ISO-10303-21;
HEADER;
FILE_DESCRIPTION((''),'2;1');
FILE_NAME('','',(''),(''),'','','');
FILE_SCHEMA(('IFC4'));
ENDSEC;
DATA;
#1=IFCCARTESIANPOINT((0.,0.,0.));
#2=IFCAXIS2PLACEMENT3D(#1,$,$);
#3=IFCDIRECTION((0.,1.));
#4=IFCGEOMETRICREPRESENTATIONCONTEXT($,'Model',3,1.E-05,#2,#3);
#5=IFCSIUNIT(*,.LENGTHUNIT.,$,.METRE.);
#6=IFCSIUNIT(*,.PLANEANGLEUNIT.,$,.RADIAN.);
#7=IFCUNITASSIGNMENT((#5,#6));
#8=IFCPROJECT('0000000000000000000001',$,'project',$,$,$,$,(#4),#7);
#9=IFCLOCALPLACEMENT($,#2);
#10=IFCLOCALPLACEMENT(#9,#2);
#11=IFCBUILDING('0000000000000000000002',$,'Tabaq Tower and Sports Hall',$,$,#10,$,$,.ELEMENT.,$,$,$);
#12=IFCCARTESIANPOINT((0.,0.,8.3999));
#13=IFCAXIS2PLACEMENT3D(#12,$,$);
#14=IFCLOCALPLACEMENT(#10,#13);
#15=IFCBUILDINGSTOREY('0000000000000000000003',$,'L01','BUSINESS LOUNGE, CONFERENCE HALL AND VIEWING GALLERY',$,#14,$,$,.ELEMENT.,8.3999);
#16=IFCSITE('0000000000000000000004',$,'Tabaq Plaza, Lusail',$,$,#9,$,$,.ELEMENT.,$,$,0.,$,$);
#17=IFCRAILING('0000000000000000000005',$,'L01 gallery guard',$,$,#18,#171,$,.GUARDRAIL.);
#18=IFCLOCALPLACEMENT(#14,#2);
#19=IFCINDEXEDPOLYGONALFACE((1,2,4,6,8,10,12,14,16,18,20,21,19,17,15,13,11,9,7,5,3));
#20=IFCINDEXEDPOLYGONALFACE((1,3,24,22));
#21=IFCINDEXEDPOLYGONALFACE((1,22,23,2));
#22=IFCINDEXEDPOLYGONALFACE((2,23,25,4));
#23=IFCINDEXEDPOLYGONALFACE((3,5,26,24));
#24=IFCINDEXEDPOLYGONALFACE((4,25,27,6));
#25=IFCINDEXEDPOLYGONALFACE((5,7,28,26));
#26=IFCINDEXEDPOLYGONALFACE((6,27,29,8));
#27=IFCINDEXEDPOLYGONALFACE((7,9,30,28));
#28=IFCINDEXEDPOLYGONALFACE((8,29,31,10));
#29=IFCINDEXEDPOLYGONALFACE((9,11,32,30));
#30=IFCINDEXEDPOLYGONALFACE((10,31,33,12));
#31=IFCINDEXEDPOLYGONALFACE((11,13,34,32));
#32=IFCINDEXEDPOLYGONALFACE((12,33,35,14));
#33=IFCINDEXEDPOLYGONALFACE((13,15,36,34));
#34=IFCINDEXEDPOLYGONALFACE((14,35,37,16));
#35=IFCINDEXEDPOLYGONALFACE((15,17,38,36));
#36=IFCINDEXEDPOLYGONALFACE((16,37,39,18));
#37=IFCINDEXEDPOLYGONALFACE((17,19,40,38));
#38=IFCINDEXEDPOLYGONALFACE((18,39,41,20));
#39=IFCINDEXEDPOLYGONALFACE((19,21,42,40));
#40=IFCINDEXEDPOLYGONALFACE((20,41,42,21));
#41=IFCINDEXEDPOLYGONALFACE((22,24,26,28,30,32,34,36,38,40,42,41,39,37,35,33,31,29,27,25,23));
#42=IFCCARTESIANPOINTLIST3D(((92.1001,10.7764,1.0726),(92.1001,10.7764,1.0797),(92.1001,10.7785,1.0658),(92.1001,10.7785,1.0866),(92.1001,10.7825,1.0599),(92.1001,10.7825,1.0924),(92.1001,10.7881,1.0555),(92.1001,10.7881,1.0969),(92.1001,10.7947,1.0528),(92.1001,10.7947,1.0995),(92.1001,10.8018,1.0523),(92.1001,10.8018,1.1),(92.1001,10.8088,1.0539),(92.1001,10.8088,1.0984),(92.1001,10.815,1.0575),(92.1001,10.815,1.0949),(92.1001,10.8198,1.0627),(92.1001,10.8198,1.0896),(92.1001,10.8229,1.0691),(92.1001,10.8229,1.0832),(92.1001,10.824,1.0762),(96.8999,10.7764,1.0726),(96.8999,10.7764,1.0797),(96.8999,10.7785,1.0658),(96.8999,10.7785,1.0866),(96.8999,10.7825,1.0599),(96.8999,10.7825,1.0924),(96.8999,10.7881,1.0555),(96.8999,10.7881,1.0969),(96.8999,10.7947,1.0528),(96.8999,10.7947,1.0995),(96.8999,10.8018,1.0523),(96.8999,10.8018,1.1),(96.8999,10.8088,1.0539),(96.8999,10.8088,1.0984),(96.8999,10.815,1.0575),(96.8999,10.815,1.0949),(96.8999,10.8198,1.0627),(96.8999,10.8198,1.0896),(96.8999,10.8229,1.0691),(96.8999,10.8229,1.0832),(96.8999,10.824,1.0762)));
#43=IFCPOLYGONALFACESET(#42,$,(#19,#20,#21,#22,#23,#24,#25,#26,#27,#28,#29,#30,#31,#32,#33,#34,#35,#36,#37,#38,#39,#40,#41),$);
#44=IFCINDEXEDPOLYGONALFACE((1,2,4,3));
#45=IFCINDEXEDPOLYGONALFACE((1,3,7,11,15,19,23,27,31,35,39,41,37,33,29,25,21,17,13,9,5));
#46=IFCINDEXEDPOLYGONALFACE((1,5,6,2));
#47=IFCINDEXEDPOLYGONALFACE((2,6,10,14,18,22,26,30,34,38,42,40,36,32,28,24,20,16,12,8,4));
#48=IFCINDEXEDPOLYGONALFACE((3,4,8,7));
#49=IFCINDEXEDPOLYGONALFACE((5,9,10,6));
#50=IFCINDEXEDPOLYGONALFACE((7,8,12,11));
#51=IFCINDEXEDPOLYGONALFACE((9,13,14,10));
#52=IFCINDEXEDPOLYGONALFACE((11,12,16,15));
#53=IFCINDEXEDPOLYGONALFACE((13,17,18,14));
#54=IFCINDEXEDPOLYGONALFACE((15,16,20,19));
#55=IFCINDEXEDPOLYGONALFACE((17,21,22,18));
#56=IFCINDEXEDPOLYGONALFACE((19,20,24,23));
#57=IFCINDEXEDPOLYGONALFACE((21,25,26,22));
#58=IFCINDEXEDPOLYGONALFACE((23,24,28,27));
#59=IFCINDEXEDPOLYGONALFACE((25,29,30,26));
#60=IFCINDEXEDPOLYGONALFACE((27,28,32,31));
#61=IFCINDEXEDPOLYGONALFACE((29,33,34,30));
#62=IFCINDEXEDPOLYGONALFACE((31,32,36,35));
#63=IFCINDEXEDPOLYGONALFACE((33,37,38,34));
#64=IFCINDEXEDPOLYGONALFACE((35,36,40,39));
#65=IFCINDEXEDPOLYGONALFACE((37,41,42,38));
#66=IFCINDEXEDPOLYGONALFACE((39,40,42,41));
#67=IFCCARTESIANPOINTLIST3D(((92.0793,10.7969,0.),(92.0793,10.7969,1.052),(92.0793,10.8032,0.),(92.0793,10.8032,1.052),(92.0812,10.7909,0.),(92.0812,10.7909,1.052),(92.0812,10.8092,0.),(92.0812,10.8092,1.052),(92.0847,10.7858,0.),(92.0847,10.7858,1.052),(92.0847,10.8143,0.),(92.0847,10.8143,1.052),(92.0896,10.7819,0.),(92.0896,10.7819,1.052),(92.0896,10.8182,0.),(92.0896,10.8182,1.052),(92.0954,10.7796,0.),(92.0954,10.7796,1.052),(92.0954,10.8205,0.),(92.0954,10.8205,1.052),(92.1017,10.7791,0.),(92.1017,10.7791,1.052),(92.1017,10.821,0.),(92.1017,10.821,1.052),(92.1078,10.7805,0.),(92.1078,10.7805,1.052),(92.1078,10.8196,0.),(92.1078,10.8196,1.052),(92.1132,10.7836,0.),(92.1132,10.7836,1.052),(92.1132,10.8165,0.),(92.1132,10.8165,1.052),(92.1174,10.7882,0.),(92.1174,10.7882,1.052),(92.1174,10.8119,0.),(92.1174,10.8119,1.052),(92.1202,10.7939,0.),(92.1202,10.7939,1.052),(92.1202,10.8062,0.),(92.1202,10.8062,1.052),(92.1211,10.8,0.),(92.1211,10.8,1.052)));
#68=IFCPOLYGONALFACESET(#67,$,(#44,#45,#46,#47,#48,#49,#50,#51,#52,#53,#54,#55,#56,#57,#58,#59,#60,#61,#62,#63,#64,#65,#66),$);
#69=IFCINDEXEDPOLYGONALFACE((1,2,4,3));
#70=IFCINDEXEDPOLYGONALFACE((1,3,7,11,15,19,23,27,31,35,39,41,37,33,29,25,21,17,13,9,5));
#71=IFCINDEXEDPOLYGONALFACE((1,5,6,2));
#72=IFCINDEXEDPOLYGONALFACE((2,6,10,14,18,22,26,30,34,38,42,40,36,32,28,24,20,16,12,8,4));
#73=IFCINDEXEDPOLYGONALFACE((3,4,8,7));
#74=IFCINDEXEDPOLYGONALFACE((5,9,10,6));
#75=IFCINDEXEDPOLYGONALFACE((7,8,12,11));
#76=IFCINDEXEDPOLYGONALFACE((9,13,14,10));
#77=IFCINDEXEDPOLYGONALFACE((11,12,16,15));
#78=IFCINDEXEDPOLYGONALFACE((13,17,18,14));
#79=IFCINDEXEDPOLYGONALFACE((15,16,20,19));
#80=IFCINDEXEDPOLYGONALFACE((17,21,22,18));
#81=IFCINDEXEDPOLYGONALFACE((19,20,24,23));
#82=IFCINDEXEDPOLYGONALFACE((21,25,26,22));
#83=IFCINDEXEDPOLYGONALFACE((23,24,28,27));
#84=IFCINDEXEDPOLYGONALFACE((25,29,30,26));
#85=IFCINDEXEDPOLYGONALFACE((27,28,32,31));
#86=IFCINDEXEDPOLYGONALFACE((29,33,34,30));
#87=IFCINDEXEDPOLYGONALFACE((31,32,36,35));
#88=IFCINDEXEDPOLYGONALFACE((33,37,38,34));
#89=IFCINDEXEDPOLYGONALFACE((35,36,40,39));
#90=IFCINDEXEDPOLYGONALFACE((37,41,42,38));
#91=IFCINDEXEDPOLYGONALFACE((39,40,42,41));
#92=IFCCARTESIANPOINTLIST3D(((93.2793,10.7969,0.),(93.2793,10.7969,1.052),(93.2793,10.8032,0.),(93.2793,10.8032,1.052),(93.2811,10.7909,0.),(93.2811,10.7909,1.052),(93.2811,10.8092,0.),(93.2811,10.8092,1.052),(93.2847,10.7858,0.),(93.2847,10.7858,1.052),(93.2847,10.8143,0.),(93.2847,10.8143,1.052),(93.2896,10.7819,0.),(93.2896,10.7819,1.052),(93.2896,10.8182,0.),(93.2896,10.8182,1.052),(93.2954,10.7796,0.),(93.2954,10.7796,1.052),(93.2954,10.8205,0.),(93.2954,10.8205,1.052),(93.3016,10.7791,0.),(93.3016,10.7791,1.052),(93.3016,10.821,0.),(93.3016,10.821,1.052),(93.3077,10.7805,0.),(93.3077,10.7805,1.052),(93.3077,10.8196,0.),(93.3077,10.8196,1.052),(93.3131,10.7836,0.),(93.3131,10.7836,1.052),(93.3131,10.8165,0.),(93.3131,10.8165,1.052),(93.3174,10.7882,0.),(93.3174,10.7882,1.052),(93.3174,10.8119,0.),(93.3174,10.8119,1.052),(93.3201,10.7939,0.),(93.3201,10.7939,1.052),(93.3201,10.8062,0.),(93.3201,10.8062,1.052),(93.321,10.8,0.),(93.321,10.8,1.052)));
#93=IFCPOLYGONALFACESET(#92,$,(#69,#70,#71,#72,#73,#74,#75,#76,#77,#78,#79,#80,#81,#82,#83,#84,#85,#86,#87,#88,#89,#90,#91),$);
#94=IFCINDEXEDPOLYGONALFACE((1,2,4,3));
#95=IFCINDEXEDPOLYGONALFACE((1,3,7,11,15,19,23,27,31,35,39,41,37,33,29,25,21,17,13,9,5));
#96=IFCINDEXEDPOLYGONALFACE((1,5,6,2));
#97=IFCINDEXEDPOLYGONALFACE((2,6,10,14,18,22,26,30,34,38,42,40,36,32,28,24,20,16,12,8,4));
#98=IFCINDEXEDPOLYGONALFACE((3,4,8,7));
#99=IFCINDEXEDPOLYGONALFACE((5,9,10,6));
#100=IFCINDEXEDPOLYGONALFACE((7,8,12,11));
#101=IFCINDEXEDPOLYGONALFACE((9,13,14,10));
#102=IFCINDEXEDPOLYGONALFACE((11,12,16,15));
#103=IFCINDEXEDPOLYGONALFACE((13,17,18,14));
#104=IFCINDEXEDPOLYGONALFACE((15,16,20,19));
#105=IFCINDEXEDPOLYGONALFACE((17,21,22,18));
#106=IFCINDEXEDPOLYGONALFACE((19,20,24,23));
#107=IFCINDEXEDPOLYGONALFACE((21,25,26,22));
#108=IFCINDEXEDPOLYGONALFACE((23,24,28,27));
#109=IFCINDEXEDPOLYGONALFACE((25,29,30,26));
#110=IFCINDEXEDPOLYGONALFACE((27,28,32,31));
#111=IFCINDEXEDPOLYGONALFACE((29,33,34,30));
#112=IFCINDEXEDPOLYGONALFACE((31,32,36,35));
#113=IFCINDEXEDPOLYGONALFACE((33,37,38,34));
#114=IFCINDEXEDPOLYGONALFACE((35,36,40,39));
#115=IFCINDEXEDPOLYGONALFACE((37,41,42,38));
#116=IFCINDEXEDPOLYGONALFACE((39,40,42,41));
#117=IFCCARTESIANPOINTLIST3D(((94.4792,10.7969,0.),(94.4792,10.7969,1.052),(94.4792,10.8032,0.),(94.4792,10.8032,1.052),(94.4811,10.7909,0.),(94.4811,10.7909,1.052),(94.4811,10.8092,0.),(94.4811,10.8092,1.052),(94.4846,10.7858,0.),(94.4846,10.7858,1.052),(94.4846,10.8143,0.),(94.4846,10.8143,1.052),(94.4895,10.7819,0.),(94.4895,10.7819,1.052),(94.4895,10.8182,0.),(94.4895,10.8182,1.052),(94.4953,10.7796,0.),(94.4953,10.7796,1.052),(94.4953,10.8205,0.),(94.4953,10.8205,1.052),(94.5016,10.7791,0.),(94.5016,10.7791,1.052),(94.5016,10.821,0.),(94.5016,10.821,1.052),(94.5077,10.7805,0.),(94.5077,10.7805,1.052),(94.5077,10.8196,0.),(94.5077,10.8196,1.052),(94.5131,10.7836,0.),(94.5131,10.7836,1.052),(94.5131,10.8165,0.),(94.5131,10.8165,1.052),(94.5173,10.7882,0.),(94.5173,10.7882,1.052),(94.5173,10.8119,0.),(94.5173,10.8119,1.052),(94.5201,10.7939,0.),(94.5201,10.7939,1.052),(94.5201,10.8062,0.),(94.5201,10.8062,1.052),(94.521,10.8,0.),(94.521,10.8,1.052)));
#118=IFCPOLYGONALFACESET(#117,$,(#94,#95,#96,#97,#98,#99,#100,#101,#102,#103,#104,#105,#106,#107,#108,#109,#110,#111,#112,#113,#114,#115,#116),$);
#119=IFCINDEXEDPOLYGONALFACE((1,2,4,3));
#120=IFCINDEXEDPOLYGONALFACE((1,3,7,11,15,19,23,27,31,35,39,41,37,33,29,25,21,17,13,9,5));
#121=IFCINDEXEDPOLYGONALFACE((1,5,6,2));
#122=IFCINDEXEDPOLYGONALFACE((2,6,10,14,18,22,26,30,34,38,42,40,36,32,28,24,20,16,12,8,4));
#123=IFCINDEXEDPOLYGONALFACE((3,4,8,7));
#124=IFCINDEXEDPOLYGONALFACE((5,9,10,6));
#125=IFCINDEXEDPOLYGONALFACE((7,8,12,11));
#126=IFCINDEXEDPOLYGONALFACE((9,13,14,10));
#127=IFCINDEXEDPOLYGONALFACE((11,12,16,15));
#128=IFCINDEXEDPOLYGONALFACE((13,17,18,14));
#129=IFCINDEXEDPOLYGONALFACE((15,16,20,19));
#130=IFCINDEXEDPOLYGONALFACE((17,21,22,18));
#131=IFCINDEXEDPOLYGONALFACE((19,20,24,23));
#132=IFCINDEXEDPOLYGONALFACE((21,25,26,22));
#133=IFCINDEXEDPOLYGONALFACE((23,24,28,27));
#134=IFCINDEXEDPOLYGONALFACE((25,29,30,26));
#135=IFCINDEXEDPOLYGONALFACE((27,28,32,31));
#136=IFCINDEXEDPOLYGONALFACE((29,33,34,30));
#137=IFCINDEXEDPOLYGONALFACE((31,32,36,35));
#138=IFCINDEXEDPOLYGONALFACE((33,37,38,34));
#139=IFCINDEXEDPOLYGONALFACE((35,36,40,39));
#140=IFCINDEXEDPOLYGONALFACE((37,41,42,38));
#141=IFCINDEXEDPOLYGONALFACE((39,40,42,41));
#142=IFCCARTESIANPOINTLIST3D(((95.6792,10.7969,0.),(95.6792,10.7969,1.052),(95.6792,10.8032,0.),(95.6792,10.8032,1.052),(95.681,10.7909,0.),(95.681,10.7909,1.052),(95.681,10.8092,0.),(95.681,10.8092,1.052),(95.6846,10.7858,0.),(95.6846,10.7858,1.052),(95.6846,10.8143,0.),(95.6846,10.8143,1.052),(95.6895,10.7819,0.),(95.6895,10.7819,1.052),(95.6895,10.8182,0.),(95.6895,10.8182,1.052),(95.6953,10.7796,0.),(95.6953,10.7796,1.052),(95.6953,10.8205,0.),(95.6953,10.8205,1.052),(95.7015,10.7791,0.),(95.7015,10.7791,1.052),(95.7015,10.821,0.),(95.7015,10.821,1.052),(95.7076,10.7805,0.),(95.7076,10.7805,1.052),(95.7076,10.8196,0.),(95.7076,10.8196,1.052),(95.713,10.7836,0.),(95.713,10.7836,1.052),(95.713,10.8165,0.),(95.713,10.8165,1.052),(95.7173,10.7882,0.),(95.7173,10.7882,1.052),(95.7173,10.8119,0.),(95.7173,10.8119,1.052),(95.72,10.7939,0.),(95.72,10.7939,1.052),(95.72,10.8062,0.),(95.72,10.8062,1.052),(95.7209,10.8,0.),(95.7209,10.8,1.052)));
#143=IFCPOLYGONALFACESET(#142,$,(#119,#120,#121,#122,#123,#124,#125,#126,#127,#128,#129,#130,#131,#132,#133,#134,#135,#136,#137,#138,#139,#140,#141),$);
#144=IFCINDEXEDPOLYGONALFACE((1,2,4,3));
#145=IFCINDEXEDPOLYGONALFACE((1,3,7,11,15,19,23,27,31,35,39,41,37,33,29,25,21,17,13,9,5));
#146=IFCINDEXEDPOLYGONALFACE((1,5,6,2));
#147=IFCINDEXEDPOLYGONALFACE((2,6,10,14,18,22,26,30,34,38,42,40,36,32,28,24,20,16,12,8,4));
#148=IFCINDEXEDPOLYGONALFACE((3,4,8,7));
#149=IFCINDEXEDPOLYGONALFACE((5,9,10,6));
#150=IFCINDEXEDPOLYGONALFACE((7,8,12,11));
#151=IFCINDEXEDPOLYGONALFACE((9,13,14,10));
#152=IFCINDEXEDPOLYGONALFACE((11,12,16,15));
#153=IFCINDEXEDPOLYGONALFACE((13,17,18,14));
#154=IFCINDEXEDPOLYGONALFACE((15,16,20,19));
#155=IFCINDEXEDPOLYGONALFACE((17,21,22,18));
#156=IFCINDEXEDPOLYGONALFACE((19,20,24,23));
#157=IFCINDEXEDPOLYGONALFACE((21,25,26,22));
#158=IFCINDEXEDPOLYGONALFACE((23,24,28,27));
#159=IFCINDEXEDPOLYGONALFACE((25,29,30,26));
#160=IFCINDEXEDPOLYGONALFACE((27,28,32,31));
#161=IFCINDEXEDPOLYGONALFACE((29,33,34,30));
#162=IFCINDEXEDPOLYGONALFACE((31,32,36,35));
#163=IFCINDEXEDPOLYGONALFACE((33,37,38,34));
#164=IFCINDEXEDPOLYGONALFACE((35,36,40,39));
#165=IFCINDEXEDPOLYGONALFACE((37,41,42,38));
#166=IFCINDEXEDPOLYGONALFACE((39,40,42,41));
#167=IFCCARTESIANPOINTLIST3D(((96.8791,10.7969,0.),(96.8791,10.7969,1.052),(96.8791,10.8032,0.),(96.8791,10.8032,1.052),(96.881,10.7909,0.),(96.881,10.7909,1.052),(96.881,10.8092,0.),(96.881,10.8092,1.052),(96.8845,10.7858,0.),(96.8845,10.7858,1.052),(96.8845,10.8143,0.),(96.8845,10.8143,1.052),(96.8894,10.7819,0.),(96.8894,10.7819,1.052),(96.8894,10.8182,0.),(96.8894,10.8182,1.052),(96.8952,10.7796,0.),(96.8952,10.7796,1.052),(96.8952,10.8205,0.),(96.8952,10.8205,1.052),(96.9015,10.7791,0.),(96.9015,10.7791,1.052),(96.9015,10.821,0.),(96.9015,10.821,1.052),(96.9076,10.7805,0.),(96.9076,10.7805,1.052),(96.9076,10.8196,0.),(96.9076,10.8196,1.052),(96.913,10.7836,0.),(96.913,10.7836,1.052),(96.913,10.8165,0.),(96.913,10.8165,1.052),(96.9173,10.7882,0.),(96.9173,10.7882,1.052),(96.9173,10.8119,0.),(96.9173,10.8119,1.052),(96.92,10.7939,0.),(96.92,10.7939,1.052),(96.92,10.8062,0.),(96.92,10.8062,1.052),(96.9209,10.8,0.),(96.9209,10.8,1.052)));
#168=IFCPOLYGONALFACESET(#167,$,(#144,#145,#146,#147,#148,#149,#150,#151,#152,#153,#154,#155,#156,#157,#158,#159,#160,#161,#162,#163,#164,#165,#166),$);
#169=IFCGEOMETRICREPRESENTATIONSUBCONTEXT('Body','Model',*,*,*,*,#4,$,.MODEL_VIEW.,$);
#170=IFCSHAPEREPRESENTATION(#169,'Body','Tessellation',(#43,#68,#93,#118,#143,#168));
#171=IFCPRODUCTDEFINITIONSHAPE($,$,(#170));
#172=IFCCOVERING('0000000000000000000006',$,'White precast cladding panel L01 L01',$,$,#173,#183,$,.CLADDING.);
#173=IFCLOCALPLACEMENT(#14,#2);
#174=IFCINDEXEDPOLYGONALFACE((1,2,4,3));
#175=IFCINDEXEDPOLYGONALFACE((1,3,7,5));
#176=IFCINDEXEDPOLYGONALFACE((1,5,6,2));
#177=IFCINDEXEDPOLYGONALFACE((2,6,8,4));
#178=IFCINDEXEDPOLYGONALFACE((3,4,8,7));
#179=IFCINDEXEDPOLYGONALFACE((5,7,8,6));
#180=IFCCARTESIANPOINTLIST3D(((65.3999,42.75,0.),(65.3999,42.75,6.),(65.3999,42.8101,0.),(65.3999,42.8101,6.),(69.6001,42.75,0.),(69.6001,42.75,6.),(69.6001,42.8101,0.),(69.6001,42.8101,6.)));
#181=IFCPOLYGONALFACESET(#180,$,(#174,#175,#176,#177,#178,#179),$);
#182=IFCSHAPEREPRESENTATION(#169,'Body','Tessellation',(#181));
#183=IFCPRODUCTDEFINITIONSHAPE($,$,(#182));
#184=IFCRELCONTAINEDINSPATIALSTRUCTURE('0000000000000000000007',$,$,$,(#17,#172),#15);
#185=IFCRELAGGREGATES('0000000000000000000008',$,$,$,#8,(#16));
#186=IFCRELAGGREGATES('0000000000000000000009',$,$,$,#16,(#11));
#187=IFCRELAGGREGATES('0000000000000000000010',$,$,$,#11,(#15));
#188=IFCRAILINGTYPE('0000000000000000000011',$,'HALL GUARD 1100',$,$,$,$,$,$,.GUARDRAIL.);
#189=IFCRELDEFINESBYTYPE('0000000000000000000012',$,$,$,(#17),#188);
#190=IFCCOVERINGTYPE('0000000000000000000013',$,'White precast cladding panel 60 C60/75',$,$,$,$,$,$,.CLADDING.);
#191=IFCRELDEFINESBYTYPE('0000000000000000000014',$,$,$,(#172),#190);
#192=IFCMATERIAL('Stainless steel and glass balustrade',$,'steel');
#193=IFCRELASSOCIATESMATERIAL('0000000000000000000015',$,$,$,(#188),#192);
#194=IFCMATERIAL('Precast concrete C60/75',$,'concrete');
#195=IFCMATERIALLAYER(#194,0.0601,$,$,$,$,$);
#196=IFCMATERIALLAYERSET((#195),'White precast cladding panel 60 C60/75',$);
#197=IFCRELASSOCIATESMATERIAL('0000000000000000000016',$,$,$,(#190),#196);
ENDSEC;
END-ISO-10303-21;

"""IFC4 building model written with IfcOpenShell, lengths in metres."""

from ifc_helpers import new_model, si_unit, direction, frame, frame_2d, origin, origin_2d, place, context, subcontext, project, spatial, rectangle, circle, extrude, material, layer, layer_set, type_object, element, save


model = new_model("IFC4")

# Units and contexts
model_context = context("Model", 3, precision=1e-05, world=origin(), true_north=direction((0.0, 1.0)))
body_context = subcontext(model_context, "Body", "Model", "MODEL_VIEW")
ifc_project = project(units=[si_unit("LENGTHUNIT", "METRE"), si_unit("PLANEANGLEUNIT", "RADIAN")], contexts=[model_context])

# Site, building, storey
site_placement = place(None, origin())
site = spatial("IfcSite", under=ifc_project, at=site_placement, Name="Tabaq Plaza, Lusail", CompositionType="ELEMENT", RefElevation=0.0)
building_placement = place(site_placement, origin())
building = spatial("IfcBuilding", under=site, at=building_placement, Name="Tabaq Tower and Sports Hall", CompositionType="ELEMENT")
storey_placement = place(building_placement, frame((0.0, 0.0, 8.3999)))
storey = spatial("IfcBuildingStorey", under=building, at=storey_placement, Name="L01", Description="BUSINESS LOUNGE, CONFERENCE HALL AND VIEWING GALLERY", CompositionType="ELEMENT", Elevation=8.3999)

# Railing
ifc_material_1 = material(Name="Stainless steel and glass balustrade", Category="steel")
railing_type = type_object("IfcRailingType", Name="HALL GUARD 1100", PredefinedType="GUARDRAIL", material=ifc_material_1)
railing_placement = place(storey_placement, frame((92.1001, 10.8, 0.0)))
element("IfcRailing", 1, at=railing_placement, inside=storey, type_object=railing_type, Name="L01 gallery guard", PredefinedType="GUARDRAIL", context=body_context, shape_type="SweptSolid", body=[
    extrude(circle(Radius=0.0239, at=origin_2d()), frame((0.0, 0.0, 1.0762), z_axis=(1.0, 0.0, 0.0), x_axis=(0.0, 1.0, 0.0)), (0.0, 0.0, 1.0), 4.7998),
    extrude(circle(Radius=0.021, at=origin_2d()), origin(), (0.0, 0.0, 1.0), 1.052),
    extrude(circle(Radius=0.021, at=origin_2d()), frame((1.2, 0.0, 0.0)), (0.0, 0.0, 1.0), 1.052),
    extrude(circle(Radius=0.021, at=origin_2d()), frame((2.3999, 0.0, 0.0)), (0.0, 0.0, 1.0), 1.052),
    extrude(circle(Radius=0.021, at=origin_2d()), frame((3.5999, 0.0, 0.0)), (0.0, 0.0, 1.0), 1.052),
    extrude(circle(Radius=0.021, at=origin_2d()), frame((4.7998, 0.0, 0.0)), (0.0, 0.0, 1.0), 1.052),
])

# Covering
ifc_material_2 = material(Name="Precast concrete C60/75", Category="concrete")
ifc_layer_1 = layer(ifc_material_2, 0.0601)
ifc_layer_set_1 = layer_set([ifc_layer_1], Name="White precast cladding panel 60 C60/75")
covering_type = type_object("IfcCoveringType", Name="White precast cladding panel 60 C60/75", PredefinedType="CLADDING", material=ifc_layer_set_1)
covering_placement = place(storey_placement, frame((65.3999, 42.78, 0.0), z_axis=(0.0, 0.0, 1.0), x_axis=(1.0, 0.0, 0.0)))
element("IfcCovering", 2, at=covering_placement, inside=storey, type_object=covering_type, Name="White precast cladding panel L01 L01", PredefinedType="CLADDING", context=body_context, shape_type="SweptSolid", body=[
    extrude(rectangle(XDim=4.2002, YDim=0.0601, at=frame_2d((2.1001, 0.0))), origin(), (0.0, 0.0, 1.0), 6.0),
])

save(model, "model.ifc")
